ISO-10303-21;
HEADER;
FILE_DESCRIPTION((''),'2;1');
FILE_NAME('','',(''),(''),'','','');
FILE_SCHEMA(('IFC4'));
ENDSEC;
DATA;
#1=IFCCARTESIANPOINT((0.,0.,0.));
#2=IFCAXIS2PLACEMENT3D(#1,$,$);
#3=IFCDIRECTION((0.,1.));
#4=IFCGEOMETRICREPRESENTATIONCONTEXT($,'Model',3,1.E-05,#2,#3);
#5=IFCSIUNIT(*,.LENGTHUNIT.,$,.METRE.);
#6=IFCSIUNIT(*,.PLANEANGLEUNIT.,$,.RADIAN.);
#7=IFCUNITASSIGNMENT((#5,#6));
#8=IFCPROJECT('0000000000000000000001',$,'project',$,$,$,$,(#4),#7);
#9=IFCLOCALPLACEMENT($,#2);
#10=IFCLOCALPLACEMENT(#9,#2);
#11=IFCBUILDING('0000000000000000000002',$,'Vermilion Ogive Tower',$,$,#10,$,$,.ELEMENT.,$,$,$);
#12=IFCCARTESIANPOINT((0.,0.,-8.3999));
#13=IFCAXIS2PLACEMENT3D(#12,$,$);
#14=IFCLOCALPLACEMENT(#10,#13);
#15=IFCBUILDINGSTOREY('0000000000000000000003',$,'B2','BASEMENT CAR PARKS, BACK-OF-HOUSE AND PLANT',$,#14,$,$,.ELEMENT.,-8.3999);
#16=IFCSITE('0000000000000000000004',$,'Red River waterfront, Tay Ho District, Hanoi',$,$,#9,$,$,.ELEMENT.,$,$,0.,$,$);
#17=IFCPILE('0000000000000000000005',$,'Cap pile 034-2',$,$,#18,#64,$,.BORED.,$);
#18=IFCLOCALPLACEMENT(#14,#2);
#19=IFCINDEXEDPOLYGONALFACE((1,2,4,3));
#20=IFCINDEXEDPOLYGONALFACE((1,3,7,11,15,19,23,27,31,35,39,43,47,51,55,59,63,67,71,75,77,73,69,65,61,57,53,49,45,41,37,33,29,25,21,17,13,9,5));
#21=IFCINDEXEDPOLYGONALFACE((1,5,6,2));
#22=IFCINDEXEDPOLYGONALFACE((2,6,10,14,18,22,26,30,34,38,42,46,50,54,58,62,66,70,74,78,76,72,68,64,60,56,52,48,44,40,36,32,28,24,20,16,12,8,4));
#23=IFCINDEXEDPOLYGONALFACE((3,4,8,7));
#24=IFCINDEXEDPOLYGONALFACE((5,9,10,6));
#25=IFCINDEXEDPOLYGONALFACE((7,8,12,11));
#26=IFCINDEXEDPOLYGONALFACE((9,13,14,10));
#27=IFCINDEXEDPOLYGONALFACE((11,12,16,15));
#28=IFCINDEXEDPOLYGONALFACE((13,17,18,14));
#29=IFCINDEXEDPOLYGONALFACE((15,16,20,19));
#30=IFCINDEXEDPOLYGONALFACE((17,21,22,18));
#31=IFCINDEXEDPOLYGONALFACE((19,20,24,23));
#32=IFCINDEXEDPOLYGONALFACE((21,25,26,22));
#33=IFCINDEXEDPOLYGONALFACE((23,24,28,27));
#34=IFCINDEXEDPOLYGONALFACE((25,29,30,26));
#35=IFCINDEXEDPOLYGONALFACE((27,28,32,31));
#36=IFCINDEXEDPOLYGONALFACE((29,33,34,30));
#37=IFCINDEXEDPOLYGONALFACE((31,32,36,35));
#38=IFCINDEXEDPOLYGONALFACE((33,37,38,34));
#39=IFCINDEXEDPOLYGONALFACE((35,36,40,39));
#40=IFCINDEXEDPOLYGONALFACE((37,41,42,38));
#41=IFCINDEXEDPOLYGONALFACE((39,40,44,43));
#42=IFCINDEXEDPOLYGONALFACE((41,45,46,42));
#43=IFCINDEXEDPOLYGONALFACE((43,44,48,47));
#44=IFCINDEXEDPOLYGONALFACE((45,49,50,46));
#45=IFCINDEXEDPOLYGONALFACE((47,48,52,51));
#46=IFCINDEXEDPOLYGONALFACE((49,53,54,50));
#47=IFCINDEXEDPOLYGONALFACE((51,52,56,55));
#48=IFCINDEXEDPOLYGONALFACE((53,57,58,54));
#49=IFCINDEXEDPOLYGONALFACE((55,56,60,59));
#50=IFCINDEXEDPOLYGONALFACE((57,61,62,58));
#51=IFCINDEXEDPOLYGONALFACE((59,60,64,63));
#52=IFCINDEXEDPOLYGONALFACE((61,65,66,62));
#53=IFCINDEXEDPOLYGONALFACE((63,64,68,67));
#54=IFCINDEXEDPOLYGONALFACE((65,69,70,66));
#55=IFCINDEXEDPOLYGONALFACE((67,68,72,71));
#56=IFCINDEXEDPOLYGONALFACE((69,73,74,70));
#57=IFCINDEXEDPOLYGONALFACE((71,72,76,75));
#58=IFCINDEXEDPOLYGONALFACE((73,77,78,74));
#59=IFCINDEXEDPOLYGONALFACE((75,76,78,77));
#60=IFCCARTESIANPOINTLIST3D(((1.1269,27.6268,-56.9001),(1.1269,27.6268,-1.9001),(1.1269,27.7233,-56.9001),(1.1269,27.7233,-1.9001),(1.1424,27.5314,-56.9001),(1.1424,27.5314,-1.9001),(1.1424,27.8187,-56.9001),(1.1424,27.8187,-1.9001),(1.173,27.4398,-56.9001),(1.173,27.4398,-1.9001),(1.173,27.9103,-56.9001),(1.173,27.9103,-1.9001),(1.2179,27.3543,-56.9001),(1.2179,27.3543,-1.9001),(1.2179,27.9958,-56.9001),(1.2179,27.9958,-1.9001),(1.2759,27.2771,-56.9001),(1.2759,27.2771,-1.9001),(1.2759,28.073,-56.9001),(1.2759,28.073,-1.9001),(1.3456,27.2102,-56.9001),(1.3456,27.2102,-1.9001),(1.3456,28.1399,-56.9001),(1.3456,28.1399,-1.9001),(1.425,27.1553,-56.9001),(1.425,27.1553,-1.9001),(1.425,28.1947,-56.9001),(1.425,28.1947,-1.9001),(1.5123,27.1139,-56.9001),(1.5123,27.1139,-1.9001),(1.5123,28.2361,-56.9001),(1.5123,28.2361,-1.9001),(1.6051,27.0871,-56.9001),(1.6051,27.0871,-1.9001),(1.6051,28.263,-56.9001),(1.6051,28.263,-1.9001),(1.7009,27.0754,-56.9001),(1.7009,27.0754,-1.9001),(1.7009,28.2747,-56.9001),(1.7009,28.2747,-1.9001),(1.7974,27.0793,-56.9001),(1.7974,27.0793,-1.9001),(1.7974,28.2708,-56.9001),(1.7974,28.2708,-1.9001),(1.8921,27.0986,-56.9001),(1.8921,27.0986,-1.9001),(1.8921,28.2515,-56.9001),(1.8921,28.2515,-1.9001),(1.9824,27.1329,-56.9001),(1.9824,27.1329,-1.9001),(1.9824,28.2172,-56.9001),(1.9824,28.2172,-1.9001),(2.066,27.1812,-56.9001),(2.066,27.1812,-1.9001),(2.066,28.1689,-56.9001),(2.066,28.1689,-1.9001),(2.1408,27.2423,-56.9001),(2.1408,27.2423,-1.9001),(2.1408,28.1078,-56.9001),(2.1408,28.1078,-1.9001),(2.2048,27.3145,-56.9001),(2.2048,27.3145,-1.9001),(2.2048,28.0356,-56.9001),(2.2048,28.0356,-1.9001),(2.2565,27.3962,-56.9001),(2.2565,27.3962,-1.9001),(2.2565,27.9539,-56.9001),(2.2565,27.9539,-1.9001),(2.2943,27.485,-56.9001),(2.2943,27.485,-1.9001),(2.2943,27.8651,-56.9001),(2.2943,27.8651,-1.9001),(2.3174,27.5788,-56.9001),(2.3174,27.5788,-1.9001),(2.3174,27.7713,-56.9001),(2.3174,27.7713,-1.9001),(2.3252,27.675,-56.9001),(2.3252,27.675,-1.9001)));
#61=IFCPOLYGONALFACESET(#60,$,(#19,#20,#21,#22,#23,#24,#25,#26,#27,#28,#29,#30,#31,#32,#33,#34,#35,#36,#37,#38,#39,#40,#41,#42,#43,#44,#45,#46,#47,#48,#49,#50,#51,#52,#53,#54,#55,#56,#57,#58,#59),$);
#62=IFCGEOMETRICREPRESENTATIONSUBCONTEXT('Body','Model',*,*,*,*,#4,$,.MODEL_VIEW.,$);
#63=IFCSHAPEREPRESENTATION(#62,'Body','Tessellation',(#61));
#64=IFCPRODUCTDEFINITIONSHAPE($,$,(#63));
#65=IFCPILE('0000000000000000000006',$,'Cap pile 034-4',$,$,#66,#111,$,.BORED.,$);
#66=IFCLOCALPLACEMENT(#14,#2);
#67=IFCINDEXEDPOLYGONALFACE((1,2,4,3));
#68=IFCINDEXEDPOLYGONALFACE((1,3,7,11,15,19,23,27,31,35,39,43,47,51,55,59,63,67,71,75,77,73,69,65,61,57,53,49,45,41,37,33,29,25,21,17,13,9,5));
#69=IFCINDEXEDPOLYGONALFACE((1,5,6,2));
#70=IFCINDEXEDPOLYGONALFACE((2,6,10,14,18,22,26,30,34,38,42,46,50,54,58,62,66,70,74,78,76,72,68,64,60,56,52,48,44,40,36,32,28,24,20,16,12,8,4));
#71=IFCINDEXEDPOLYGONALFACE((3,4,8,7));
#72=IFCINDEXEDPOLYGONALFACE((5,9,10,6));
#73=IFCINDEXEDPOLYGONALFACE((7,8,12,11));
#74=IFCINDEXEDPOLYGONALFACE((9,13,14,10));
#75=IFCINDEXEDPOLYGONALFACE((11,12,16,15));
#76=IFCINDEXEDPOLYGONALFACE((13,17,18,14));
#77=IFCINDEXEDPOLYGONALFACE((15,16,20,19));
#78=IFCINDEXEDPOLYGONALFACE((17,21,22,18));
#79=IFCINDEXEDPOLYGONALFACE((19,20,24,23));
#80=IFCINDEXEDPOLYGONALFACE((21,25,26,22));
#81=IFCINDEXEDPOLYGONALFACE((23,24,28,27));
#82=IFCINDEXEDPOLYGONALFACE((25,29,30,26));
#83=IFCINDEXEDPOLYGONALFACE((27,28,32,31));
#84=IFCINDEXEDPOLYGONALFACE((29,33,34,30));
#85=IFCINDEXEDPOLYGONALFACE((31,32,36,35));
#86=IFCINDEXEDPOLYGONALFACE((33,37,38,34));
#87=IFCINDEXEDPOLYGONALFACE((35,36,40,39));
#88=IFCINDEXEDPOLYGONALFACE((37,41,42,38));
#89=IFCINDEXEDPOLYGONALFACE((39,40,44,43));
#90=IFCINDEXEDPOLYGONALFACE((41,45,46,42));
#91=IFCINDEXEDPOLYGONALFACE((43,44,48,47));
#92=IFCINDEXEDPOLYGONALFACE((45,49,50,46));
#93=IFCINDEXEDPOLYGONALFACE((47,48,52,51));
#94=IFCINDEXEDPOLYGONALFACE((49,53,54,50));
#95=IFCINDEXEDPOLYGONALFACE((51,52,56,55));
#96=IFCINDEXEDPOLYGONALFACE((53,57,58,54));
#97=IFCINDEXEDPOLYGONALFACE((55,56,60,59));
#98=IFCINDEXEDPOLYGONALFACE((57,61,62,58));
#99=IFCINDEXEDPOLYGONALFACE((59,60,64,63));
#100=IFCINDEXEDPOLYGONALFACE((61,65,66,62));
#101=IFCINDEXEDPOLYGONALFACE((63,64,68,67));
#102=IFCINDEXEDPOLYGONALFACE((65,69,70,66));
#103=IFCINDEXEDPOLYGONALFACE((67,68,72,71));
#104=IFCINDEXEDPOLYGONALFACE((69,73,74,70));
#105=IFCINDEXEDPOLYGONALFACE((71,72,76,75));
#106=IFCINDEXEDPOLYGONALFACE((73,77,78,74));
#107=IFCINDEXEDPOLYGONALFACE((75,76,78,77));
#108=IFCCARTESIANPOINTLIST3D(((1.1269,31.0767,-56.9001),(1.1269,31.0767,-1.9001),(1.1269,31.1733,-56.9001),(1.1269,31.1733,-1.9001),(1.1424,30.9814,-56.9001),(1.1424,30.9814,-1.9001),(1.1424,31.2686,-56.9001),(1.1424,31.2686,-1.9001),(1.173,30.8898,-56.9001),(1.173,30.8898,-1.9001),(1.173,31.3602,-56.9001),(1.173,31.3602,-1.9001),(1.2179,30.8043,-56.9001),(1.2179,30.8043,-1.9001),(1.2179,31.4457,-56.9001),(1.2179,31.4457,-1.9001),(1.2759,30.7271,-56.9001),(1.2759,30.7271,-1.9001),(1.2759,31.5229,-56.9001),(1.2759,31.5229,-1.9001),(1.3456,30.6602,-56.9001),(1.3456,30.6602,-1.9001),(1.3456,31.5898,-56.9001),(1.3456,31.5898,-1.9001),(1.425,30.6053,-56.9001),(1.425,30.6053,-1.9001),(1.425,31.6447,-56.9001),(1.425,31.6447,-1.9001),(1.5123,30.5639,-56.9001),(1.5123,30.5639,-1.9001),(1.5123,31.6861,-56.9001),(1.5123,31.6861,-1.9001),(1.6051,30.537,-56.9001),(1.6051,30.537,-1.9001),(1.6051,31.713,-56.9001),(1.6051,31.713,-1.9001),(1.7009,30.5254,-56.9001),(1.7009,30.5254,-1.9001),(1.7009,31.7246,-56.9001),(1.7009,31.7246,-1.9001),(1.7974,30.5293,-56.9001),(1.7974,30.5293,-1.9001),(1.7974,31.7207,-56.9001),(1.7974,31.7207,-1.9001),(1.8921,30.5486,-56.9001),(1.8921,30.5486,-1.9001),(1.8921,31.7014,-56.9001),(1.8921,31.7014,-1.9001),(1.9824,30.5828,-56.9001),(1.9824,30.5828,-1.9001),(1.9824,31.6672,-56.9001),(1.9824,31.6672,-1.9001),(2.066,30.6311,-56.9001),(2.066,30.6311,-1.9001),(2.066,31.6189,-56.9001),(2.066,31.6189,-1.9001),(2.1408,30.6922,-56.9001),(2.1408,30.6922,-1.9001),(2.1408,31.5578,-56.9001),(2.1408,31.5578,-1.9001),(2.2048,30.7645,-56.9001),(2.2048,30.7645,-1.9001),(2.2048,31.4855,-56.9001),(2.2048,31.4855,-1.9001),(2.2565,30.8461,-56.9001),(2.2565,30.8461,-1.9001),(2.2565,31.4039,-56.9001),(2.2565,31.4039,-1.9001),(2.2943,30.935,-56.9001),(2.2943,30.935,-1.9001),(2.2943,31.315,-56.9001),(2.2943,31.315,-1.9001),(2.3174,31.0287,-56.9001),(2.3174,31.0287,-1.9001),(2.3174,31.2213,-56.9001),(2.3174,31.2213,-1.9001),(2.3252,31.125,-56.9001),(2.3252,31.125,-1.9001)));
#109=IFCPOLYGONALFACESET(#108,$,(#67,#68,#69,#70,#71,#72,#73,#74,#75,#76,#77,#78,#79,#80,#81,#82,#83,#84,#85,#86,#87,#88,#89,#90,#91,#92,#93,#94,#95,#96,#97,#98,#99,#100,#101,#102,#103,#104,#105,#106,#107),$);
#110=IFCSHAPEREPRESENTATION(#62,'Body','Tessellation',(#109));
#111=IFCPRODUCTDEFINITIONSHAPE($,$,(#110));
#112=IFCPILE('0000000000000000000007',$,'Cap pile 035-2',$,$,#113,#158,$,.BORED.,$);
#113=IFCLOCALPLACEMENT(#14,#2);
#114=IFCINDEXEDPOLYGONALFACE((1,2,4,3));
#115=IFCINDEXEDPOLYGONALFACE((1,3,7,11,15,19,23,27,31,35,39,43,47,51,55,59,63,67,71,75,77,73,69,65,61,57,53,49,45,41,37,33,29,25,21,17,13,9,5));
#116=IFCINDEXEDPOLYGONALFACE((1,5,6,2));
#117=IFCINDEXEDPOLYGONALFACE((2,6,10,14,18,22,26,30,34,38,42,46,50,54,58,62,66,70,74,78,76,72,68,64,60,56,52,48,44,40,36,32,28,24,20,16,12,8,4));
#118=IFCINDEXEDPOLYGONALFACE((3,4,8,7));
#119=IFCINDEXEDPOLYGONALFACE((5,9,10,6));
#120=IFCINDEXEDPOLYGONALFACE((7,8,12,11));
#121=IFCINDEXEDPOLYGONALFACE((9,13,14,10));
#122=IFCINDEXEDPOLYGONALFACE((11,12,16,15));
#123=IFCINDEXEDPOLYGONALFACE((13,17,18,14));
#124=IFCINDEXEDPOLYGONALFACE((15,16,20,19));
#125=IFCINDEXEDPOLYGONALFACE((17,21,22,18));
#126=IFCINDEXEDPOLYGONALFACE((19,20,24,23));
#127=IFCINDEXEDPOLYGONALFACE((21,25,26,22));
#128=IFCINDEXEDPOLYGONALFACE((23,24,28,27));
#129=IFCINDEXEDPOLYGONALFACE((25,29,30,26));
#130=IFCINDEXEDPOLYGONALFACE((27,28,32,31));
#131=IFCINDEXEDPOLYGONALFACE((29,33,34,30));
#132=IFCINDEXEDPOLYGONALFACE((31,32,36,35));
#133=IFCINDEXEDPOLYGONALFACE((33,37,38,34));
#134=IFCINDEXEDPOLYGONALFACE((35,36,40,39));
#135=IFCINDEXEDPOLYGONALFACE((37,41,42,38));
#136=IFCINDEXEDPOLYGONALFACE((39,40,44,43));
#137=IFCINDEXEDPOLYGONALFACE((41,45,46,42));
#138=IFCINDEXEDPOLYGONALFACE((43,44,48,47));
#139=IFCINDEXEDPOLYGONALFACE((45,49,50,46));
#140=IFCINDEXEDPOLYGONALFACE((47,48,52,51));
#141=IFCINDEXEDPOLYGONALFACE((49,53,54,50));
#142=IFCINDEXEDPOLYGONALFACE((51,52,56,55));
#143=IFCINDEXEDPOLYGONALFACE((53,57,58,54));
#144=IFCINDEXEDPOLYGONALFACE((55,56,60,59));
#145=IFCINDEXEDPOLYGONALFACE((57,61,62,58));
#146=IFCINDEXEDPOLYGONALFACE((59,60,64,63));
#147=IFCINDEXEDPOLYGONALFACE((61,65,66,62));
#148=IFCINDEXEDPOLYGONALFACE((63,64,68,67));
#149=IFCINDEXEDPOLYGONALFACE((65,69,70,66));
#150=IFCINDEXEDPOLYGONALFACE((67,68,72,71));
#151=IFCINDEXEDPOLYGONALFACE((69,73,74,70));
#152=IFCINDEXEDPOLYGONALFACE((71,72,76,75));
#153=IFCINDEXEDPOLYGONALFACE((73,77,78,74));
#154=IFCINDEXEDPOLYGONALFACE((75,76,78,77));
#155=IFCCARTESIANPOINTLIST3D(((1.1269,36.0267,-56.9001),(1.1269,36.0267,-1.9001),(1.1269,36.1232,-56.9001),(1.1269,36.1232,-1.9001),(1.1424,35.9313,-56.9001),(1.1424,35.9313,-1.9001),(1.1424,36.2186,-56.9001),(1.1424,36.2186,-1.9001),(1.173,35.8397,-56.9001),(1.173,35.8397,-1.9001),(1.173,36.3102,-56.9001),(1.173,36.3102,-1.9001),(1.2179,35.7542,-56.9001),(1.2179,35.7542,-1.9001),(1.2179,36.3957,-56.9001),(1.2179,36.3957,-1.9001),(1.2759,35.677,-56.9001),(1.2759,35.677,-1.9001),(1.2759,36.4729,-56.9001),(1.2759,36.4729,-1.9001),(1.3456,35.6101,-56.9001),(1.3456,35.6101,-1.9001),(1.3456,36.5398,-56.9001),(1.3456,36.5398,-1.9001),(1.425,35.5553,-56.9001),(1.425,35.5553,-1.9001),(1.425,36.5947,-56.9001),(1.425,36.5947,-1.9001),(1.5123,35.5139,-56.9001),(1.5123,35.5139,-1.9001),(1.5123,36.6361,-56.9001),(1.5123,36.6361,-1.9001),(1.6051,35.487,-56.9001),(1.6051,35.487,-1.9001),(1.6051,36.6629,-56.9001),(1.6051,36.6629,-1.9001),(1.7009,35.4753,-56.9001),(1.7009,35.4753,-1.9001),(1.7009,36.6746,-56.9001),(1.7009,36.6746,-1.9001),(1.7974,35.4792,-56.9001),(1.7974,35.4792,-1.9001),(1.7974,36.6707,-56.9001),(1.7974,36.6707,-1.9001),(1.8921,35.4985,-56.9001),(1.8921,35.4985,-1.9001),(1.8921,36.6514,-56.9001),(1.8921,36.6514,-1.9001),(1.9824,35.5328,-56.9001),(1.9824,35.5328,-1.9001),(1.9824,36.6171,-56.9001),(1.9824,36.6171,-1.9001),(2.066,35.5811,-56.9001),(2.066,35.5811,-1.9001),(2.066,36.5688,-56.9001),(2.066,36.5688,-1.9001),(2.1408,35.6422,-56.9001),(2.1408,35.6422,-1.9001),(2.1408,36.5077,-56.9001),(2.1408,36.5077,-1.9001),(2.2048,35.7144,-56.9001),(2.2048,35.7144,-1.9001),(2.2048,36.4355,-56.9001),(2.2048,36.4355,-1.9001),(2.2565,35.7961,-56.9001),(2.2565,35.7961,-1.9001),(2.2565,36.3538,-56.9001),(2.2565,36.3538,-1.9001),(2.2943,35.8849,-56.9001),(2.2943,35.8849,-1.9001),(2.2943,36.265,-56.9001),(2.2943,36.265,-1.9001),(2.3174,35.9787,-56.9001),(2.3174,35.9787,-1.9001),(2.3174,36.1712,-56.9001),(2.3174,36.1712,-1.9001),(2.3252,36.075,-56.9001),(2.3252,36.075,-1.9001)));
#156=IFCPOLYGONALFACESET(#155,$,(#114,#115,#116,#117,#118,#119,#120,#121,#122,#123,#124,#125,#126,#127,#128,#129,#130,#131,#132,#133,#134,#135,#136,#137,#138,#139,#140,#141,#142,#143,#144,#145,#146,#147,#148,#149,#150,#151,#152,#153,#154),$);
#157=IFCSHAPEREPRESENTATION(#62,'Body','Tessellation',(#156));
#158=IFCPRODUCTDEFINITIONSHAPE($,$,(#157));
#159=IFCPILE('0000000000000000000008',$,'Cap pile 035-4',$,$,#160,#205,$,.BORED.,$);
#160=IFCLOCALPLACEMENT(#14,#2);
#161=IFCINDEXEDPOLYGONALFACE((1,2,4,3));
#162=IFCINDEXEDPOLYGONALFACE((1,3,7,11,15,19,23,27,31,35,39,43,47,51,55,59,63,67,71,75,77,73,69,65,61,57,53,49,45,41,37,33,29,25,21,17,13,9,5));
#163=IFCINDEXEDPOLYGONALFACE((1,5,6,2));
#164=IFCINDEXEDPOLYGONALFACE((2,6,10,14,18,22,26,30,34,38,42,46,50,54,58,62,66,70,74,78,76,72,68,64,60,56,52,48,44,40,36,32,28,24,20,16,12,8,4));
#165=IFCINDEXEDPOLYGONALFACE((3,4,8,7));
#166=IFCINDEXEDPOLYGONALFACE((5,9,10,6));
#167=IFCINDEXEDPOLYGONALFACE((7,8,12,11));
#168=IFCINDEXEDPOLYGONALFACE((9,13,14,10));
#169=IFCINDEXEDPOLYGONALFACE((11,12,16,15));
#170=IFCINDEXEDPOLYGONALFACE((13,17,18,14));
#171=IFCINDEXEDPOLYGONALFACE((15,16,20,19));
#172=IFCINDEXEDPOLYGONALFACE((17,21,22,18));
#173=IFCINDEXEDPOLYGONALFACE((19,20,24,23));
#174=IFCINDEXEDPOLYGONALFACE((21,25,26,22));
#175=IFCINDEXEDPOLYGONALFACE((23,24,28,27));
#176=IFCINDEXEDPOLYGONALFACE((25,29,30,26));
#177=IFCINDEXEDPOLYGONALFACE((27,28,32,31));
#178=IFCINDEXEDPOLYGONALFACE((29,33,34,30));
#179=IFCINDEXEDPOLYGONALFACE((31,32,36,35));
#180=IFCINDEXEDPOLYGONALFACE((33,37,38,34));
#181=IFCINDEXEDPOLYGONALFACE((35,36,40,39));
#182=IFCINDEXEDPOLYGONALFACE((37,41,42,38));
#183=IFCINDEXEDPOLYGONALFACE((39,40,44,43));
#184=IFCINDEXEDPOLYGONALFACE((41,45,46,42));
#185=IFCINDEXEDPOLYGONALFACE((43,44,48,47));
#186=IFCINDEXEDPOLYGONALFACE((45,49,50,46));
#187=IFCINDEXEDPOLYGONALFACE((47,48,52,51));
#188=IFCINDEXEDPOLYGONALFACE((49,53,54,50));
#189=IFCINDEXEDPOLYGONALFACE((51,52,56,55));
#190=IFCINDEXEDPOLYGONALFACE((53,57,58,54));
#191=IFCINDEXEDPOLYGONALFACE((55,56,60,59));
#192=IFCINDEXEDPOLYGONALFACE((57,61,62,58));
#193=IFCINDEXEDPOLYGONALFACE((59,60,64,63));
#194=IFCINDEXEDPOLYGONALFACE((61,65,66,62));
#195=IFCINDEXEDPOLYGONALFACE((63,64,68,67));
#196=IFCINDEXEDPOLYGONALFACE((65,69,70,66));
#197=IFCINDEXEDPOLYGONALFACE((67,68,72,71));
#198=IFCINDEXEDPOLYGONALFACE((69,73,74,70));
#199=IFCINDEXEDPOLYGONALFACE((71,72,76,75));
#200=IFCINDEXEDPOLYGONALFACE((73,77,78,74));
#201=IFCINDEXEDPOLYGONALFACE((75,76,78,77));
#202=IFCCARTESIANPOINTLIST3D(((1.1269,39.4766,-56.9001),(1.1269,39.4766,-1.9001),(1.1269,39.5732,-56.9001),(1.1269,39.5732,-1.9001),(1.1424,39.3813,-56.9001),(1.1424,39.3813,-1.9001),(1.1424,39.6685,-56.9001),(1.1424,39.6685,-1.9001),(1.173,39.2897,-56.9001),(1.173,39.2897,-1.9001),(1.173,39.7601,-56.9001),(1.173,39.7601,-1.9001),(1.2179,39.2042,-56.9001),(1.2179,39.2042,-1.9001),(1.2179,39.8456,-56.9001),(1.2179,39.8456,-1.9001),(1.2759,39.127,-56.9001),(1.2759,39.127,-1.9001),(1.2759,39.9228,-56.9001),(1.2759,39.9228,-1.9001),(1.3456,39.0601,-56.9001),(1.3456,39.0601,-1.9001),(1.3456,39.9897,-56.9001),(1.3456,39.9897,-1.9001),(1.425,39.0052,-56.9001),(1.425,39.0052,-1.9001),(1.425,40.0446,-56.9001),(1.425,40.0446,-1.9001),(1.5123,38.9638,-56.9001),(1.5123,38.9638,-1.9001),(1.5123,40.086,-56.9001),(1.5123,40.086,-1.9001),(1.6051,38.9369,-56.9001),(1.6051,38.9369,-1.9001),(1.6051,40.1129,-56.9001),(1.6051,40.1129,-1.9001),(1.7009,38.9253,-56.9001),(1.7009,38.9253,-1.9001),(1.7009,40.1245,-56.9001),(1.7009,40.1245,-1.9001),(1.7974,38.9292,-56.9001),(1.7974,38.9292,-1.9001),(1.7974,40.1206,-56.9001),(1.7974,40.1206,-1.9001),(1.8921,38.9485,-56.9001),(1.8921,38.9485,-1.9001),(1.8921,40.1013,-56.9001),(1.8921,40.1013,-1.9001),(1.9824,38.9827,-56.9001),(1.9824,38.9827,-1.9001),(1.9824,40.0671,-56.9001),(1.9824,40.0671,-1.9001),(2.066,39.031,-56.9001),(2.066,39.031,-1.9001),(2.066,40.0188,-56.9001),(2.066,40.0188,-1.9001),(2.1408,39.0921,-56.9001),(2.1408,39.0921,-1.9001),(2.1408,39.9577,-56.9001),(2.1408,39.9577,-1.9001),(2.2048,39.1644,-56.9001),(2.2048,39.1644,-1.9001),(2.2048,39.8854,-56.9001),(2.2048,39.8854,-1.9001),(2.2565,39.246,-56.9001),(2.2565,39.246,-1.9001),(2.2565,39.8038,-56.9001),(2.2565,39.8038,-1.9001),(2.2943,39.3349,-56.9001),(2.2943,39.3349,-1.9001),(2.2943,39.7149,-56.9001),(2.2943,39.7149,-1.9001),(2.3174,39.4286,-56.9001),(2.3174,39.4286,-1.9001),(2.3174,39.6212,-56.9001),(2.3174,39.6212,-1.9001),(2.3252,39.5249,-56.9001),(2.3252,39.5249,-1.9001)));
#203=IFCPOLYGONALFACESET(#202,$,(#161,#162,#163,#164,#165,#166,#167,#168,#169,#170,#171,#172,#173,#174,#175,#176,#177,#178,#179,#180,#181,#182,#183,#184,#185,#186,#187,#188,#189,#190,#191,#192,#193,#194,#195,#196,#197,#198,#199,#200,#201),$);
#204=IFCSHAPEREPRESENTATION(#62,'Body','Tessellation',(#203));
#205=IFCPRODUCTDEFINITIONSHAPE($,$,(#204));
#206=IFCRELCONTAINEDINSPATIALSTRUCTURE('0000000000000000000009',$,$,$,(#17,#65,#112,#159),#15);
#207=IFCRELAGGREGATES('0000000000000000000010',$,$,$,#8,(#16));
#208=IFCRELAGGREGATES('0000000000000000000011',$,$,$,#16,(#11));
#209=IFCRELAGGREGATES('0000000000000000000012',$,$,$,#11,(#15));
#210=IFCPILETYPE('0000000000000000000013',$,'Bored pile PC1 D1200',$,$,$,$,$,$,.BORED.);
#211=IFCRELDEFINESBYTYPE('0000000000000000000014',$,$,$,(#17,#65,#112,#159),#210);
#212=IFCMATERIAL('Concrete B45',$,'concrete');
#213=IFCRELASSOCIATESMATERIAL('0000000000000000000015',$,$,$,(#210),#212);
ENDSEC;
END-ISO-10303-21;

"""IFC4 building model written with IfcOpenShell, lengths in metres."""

from ifc_helpers import new_model, si_unit, direction, frame, origin, origin_2d, place, context, subcontext, project, spatial, circle, extrude, material, type_object, element, save


model = new_model("IFC4")

# Units and contexts
model_context = context("Model", 3, precision=1e-05, world=origin(), true_north=direction((0.0, 1.0)))
body_context = subcontext(model_context, "Body", "Model", "MODEL_VIEW")
ifc_project = project(units=[si_unit("LENGTHUNIT", "METRE"), si_unit("PLANEANGLEUNIT", "RADIAN")], contexts=[model_context])

# Site, building, storey
site_placement = place(None, origin())
site = spatial("IfcSite", under=ifc_project, at=site_placement, Name="Red River waterfront, Tay Ho District, Hanoi", CompositionType="ELEMENT", RefElevation=0.0)
building_placement = place(site_placement, origin())
building = spatial("IfcBuilding", under=site, at=building_placement, Name="Vermilion Ogive Tower", CompositionType="ELEMENT")
storey_placement = place(building_placement, frame((0.0, 0.0, -8.3999)))
storey = spatial("IfcBuildingStorey", under=building, at=storey_placement, Name="B2", Description="BASEMENT CAR PARKS, BACK-OF-HOUSE AND PLANT", CompositionType="ELEMENT", Elevation=-8.3999)

# Piles
ifc_material_1 = material(Name="Concrete B45", Category="concrete")
pile_type = type_object("IfcPileType", Name="Bored pile PC1 D1200", PredefinedType="BORED", material=ifc_material_1)
for number, where, z_axis, x_axis, name in (
    (1, (1.7251, 27.675, -1.9001), (0.0, 0.0, -1.0), (1.0, 0.0, 0.0), "Cap pile 034-2"),
    (2, (1.7251, 31.125, -1.9001), (0.0, 0.0, -1.0), (1.0, 0.0, 0.0), "Cap pile 034-4"),
    (3, (1.7251, 36.075, -1.9001), (0.0, 0.0, -1.0), (1.0, 0.0, 0.0), "Cap pile 035-2"),
    (4, (1.7251, 39.5249, -1.9001), (0.0, 0.0, -1.0), (1.0, 0.0, 0.0), "Cap pile 035-4"),
):
    element("IfcPile", number, at=place(storey_placement, frame(where, z_axis=z_axis, x_axis=x_axis)), inside=storey, type_object=pile_type, Name=name, PredefinedType="BORED", context=body_context, shape_type="SweptSolid", body=[
        extrude(circle(Radius=0.6001, at=origin_2d()), origin(), (0.0, 0.0, 1.0), 55.0),
    ])

save(model, "model.ifc")
